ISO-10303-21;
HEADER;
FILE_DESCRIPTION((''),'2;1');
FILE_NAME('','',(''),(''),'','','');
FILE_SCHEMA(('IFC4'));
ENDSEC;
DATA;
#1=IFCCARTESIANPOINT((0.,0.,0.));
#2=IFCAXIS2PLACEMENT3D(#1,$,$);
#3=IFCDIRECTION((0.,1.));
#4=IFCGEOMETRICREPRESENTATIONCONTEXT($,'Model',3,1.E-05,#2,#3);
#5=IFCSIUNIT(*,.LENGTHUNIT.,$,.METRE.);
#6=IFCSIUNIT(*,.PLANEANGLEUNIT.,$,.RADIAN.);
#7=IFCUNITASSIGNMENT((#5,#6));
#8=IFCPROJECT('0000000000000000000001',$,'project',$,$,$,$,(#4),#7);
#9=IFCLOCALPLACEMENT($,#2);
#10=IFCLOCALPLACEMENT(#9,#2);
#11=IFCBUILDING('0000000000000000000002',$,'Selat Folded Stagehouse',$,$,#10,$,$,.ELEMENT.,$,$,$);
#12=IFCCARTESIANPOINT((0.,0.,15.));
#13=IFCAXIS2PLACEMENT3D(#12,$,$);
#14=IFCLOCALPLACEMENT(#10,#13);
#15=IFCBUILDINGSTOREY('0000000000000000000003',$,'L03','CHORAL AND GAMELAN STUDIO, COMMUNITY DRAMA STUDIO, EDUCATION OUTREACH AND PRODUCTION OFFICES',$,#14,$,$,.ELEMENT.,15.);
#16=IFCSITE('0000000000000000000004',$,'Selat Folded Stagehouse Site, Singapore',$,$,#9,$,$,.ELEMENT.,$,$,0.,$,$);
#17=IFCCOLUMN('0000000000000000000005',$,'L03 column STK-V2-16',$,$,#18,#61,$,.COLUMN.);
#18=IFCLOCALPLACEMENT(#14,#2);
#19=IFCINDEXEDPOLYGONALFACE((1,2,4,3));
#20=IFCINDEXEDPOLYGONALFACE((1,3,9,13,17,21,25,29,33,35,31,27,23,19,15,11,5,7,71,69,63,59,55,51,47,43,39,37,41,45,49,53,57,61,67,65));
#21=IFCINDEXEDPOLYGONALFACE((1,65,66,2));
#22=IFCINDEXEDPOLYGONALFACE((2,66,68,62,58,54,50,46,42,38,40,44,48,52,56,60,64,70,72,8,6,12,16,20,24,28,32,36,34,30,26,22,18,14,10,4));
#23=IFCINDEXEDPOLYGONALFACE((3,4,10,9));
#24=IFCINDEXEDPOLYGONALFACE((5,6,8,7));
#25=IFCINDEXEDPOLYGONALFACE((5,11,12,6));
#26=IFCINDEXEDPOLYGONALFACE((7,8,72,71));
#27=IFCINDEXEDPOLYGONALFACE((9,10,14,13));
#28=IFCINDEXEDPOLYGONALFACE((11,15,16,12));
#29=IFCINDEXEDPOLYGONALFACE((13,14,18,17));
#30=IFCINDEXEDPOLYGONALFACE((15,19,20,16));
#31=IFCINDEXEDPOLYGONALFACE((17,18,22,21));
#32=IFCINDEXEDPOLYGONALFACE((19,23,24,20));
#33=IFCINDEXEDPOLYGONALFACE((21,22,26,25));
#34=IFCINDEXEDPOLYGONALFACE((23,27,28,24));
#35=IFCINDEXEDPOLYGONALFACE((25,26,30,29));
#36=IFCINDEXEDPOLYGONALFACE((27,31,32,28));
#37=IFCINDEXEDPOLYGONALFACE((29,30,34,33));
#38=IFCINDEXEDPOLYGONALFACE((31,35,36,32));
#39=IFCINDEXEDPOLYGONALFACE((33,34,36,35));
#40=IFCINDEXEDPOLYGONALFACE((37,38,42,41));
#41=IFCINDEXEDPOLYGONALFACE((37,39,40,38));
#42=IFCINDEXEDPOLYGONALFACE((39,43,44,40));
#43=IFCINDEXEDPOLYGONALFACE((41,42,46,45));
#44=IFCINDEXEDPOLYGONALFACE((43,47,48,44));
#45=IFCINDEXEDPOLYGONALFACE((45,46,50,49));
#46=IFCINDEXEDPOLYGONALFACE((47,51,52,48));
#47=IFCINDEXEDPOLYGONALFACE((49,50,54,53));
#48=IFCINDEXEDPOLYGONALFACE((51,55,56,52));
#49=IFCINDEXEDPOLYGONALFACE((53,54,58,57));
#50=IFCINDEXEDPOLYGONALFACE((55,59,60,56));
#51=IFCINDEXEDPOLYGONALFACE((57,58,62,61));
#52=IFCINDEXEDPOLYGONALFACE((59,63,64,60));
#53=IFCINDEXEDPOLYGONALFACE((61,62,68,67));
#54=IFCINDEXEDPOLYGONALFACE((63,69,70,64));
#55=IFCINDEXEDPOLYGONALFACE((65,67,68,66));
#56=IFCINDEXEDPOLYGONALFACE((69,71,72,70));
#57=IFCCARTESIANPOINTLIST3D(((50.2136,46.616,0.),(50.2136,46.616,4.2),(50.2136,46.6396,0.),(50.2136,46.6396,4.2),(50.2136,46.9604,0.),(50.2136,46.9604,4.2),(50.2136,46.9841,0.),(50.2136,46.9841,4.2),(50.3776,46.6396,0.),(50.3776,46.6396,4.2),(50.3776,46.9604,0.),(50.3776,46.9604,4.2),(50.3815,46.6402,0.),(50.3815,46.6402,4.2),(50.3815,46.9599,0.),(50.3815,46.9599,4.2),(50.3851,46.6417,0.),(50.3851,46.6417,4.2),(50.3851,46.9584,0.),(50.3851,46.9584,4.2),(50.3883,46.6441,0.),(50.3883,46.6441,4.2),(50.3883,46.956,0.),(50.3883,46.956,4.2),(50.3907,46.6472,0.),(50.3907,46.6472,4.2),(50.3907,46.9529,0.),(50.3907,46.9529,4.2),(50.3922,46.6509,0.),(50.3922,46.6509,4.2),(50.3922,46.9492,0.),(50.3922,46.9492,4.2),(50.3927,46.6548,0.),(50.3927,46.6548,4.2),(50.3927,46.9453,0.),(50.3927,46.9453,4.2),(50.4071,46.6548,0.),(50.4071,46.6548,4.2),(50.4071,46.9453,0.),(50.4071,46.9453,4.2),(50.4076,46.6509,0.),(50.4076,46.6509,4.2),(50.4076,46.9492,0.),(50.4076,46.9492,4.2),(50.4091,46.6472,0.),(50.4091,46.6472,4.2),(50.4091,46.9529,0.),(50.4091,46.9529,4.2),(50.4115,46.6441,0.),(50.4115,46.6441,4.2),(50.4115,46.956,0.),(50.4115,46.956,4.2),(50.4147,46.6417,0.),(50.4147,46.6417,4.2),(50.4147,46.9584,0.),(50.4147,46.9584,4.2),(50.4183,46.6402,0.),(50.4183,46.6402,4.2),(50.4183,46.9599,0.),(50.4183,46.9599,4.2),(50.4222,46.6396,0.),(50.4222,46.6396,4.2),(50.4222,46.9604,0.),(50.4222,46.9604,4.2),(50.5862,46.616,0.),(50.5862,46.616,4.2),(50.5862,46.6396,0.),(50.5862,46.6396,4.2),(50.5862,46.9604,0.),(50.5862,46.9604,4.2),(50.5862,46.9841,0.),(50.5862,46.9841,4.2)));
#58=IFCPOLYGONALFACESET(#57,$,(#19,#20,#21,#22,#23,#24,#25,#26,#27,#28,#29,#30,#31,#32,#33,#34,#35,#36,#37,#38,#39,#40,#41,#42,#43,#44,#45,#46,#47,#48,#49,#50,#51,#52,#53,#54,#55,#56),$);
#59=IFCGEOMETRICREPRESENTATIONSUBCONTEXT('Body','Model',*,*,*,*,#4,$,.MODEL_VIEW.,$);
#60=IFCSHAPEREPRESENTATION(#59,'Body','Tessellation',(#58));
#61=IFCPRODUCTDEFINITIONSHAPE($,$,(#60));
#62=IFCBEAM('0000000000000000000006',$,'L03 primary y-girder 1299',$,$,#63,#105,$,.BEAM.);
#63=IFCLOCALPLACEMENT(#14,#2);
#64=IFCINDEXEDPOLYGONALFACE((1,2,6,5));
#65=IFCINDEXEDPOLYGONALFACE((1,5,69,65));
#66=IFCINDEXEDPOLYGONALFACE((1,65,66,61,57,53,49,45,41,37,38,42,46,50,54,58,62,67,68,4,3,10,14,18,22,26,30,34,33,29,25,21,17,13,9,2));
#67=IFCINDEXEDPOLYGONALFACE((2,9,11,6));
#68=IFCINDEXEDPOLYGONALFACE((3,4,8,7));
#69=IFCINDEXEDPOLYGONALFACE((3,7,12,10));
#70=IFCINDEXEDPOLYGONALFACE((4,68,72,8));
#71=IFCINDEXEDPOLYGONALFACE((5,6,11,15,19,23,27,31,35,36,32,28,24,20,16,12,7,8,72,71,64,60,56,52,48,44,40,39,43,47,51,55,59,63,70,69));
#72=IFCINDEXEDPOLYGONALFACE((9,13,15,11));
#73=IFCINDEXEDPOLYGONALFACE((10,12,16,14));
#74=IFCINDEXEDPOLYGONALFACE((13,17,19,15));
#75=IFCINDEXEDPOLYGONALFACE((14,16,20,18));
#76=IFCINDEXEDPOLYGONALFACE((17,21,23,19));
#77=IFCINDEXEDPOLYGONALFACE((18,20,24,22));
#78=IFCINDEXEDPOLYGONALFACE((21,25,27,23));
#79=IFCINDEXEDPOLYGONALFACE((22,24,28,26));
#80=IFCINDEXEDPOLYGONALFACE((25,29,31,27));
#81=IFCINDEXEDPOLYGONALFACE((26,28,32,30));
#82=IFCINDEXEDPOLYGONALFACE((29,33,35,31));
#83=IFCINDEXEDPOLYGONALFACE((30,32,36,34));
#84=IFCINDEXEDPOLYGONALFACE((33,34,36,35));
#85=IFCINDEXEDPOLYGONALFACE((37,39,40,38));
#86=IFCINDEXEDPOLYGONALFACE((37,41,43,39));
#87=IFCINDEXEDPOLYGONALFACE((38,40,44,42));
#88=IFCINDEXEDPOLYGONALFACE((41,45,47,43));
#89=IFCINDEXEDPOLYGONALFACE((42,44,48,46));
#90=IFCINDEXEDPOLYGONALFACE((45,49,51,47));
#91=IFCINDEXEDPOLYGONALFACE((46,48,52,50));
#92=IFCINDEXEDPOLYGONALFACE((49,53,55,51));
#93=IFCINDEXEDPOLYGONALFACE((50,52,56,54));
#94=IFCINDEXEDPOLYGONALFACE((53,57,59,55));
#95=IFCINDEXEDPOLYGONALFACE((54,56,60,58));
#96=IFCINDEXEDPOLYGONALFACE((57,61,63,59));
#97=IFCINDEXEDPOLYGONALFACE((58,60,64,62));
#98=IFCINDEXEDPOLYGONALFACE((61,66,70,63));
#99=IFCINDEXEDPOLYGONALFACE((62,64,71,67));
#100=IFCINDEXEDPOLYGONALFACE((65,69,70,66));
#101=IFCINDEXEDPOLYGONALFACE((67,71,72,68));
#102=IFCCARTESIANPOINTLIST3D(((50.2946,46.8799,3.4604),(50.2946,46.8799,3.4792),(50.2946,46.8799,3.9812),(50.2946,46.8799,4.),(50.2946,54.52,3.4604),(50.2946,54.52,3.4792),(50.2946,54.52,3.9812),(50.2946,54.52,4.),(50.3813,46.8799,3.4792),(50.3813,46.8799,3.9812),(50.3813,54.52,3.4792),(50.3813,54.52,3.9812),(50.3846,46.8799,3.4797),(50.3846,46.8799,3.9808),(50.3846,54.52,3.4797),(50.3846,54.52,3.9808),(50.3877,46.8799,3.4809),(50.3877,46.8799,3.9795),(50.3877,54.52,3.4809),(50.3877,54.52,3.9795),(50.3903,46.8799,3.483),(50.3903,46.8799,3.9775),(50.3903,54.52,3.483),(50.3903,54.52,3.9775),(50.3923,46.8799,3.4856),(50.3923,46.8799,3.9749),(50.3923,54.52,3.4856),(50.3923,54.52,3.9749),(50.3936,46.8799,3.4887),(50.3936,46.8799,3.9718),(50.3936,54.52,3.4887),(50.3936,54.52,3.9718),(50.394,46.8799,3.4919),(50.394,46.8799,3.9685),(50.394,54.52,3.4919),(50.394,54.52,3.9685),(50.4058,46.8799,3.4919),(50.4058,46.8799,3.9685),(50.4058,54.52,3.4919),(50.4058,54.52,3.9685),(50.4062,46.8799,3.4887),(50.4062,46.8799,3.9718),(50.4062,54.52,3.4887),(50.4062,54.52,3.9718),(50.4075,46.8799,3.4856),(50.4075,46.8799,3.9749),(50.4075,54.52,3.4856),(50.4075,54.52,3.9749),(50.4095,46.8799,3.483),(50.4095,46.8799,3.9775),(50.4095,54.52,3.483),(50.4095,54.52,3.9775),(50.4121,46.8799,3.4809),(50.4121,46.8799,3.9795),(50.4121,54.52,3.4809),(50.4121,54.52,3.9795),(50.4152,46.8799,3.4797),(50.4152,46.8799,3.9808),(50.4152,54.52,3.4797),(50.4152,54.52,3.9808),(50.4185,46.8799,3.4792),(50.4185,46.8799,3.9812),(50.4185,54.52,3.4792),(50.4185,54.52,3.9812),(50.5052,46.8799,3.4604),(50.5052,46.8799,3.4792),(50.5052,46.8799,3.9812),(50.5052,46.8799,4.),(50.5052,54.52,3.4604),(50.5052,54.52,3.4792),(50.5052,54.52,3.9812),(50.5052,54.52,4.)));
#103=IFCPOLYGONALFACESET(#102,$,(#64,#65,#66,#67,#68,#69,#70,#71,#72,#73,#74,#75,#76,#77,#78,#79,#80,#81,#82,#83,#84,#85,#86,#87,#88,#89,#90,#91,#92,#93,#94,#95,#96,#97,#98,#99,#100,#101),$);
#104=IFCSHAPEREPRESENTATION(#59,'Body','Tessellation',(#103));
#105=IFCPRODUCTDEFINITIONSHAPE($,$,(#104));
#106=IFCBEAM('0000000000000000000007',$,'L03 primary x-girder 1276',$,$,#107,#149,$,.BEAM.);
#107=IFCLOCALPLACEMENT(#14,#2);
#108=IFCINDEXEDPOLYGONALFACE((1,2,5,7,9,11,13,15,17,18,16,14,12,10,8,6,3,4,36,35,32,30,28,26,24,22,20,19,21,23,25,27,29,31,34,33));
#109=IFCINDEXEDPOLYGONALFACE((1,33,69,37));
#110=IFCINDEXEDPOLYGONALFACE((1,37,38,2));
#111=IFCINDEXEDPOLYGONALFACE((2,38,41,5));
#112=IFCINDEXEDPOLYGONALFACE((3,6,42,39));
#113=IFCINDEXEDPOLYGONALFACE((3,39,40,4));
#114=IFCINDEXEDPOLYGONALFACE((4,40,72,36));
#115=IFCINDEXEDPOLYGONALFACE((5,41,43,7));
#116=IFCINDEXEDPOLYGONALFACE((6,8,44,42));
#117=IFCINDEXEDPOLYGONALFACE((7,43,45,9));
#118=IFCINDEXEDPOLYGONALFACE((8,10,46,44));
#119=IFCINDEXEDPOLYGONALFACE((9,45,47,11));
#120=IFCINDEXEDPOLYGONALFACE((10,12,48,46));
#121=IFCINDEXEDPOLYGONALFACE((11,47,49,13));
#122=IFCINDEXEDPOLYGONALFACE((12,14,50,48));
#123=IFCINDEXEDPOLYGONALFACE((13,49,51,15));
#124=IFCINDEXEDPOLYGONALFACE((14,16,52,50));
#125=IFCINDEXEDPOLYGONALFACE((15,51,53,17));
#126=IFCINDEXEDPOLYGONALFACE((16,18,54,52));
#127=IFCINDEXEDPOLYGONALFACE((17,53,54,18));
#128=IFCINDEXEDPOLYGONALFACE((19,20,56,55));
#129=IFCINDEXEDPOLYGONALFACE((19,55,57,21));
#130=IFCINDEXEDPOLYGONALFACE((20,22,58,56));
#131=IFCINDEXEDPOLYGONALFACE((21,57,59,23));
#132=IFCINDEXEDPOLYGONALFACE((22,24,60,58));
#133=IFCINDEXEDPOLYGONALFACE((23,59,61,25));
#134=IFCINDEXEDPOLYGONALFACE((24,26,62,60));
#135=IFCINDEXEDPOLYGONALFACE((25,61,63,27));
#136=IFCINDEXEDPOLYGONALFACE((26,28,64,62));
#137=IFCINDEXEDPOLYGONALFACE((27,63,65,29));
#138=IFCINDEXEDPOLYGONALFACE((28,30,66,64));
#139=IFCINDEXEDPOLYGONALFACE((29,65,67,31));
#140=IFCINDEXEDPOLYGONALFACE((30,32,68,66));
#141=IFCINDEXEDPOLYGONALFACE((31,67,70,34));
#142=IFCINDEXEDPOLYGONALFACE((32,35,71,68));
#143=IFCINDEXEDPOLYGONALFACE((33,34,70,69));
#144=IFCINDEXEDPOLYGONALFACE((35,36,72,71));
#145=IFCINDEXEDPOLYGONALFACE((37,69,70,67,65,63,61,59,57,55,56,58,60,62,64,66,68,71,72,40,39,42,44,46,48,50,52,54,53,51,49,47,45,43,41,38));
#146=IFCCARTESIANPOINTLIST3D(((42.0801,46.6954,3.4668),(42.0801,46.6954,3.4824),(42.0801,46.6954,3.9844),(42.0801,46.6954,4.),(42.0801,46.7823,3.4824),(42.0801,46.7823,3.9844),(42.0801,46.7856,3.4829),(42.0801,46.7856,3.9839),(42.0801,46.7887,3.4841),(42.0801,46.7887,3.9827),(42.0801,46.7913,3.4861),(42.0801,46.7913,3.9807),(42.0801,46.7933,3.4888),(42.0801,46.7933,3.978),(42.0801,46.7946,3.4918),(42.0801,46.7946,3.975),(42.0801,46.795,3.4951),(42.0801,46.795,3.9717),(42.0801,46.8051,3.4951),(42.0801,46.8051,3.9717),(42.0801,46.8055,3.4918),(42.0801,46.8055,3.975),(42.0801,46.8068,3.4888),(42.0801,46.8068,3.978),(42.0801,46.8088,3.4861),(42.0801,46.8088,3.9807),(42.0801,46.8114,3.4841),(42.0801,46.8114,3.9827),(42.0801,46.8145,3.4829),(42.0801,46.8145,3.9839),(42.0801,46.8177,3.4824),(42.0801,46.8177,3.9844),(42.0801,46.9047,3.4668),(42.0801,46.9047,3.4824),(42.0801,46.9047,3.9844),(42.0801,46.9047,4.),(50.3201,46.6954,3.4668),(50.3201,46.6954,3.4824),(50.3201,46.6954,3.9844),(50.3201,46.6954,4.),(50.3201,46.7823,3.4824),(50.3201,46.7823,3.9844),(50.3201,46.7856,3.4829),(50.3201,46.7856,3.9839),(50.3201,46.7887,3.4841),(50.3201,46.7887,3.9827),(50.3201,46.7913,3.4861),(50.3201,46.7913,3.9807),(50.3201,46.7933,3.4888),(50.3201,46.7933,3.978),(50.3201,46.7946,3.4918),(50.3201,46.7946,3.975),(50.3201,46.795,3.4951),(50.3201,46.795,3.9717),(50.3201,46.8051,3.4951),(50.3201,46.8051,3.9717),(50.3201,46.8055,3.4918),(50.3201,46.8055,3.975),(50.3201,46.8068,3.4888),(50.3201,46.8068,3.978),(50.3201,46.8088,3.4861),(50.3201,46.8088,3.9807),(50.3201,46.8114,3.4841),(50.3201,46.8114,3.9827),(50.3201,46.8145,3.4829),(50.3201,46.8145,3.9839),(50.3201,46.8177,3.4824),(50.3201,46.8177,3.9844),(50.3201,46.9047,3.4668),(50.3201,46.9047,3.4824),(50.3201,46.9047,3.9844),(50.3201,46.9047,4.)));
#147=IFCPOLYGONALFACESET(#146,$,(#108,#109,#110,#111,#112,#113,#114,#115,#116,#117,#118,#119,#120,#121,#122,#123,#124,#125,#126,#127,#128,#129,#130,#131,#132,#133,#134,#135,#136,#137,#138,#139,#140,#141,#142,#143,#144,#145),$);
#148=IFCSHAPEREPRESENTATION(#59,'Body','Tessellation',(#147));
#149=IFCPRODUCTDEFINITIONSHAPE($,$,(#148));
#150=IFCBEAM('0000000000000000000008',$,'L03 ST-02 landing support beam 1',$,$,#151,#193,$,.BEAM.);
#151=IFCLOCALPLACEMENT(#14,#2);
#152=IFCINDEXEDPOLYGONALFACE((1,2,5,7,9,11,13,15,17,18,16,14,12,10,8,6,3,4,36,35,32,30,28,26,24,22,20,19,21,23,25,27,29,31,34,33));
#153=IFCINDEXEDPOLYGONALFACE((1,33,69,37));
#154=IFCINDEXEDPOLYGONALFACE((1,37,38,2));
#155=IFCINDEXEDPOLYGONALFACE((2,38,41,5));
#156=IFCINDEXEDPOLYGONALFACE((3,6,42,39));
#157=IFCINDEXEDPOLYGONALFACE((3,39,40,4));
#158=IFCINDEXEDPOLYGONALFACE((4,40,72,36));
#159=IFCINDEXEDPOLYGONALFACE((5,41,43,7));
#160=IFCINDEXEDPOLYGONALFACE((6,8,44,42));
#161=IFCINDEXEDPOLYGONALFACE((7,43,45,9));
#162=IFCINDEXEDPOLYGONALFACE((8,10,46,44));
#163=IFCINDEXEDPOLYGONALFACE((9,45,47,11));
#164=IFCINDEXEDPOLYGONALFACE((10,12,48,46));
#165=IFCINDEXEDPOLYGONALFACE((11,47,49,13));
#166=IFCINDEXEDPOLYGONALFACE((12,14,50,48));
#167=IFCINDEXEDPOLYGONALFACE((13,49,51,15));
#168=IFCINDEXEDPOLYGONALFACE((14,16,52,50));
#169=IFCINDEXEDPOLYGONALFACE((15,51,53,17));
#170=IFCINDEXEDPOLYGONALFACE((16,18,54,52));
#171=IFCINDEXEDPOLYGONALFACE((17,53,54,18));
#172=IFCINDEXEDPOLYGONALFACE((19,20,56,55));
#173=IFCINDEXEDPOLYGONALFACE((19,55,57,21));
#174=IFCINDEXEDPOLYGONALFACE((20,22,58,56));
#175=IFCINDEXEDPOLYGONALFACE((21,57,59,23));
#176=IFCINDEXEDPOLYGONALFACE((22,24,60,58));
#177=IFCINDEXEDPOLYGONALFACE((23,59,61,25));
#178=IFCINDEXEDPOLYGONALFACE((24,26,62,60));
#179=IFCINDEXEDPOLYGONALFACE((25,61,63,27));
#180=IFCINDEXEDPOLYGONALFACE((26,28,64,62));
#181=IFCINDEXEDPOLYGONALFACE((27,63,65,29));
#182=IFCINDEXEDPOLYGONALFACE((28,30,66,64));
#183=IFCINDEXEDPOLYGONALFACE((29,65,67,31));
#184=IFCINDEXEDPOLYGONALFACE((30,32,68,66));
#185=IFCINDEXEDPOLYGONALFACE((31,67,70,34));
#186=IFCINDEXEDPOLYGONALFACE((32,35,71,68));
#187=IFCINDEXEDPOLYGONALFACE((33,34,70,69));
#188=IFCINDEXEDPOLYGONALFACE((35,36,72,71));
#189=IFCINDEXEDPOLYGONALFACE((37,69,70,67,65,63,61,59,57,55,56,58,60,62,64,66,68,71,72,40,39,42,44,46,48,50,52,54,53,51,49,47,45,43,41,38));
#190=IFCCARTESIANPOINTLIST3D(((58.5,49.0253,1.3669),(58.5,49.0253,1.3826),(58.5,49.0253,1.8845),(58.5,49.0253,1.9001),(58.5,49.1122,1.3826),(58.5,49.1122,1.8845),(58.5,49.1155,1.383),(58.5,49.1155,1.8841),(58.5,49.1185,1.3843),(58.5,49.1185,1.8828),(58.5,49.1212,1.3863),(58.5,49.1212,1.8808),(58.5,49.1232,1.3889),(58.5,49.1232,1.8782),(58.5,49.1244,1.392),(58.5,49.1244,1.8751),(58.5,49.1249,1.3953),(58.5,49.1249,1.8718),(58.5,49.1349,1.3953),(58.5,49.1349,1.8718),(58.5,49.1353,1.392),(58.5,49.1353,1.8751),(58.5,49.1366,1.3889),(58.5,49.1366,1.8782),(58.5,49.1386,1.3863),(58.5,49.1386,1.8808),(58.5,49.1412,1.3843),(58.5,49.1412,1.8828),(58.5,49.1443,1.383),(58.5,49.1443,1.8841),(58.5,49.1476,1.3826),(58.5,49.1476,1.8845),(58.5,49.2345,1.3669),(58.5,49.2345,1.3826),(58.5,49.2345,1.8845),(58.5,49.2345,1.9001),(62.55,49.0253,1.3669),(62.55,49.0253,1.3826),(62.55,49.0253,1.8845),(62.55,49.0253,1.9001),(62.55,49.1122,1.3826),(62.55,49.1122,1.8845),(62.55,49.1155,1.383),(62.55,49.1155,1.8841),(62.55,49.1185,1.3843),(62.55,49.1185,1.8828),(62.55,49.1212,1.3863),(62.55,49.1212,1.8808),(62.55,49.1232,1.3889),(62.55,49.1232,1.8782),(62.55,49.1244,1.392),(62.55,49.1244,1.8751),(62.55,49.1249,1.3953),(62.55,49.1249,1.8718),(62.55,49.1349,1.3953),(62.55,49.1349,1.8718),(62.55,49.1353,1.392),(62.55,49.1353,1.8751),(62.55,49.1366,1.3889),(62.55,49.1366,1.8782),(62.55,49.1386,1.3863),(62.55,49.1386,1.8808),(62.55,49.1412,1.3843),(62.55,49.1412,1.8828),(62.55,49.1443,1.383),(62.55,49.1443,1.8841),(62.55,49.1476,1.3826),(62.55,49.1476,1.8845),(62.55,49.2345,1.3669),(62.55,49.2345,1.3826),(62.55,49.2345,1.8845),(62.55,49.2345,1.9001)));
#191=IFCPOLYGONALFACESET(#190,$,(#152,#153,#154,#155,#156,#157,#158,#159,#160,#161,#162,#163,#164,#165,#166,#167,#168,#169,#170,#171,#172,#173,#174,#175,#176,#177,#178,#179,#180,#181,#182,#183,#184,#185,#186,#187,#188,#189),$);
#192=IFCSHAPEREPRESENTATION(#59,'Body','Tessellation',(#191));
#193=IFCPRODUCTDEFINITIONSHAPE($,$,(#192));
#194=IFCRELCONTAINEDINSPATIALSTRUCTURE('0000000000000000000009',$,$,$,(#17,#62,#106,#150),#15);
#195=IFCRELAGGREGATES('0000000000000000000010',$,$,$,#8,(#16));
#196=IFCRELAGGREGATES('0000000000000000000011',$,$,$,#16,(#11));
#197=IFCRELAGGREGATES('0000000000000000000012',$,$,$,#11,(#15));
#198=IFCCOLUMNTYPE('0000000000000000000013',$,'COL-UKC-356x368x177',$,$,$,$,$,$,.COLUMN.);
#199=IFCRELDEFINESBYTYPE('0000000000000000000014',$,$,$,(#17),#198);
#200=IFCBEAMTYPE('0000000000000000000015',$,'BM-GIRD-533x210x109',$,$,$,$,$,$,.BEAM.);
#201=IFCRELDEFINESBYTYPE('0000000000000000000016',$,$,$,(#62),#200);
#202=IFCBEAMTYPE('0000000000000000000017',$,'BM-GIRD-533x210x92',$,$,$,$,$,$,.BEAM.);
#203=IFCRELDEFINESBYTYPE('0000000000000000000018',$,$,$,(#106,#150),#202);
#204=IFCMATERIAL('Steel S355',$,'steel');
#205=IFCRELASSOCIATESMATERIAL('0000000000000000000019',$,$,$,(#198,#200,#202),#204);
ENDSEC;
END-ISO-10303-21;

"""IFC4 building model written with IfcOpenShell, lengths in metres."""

from ifc_helpers import new_model, si_unit, direction, frame, origin, origin_2d, place, context, subcontext, project, spatial, i_section, extrude, material, material_profile, profile_set, type_object, element, save


model = new_model("IFC4")

# Units and contexts
model_context = context("Model", 3, precision=1e-05, world=origin(), true_north=direction((0.0, 1.0)))
body_context = subcontext(model_context, "Body", "Model", "MODEL_VIEW")
ifc_project = project(units=[si_unit("LENGTHUNIT", "METRE"), si_unit("PLANEANGLEUNIT", "RADIAN")], contexts=[model_context])

# Site, building, storey
site_placement = place(None, origin())
site = spatial("IfcSite", under=ifc_project, at=site_placement, Name="Selat Folded Stagehouse Site, Singapore", CompositionType="ELEMENT", RefElevation=0.0)
building_placement = place(site_placement, origin())
building = spatial("IfcBuilding", under=site, at=building_placement, Name="Selat Folded Stagehouse", CompositionType="ELEMENT")
storey_placement = place(building_placement, frame((0.0, 0.0, 15.0)))
storey = spatial("IfcBuildingStorey", under=building, at=storey_placement, Name="L03", Description="CHORAL AND GAMELAN STUDIO, COMMUNITY DRAMA STUDIO, EDUCATION OUTREACH AND PRODUCTION OFFICES", CompositionType="ELEMENT", Elevation=15.0)

# Column
ifc_material_1 = material(Name="Steel S355", Category="steel")
ifc_material_profile_1 = material_profile(ifc_material_1, i_section(OverallWidth=0.3726, OverallDepth=0.3682, WebThickness=0.0144, FlangeThickness=0.0237, FilletRadius=0.0151, at=origin_2d()), Name="UKC 356x368x177")
ifc_profile_set_1 = profile_set([ifc_material_profile_1], Name="Steel S355")
column_type = type_object("IfcColumnType", Name="COL-UKC-356x368x177", PredefinedType="COLUMN", material=ifc_profile_set_1)
column_placement = place(storey_placement, frame((50.3999, 46.8, 0.0), z_axis=(0.0, 0.0, 1.0), x_axis=(1.0, 0.0, 0.0)))
element("IfcColumn", 1, at=column_placement, inside=storey, type_object=column_type, Name="L03 column STK-V2-16", PredefinedType="COLUMN", context=body_context, shape_type="SweptSolid", body=[
    extrude(i_section(OverallWidth=0.3726, OverallDepth=0.3682, WebThickness=0.0144, FlangeThickness=0.0237, FilletRadius=0.0151, at=origin_2d()), origin(), (0.0, 0.0, 1.0), 4.2),
])

# Beams
ifc_material_profile_2 = material_profile(ifc_material_1, i_section(OverallWidth=0.2107, OverallDepth=0.5396, WebThickness=0.0117, FlangeThickness=0.0188, FilletRadius=0.0127, at=origin_2d()), Name="UKB 533x210x109")
ifc_profile_set_2 = profile_set([ifc_material_profile_2], Name="Steel S355")
beam_type_1 = type_object("IfcBeamType", Name="BM-GIRD-533x210x109", PredefinedType="BEAM", material=ifc_profile_set_2)
beam_1_placement = place(storey_placement, frame((50.3999, 46.8799, 3.7302), z_axis=(0.0, 1.0, 0.0), x_axis=(-1.0, 0.0, 0.0)))
element("IfcBeam", 2, at=beam_1_placement, inside=storey, type_object=beam_type_1, Name="L03 primary y-girder 1299", PredefinedType="BEAM", context=body_context, shape_type="SweptSolid", body=[
    extrude(i_section(OverallWidth=0.2107, OverallDepth=0.5396, WebThickness=0.0117, FlangeThickness=0.0188, FilletRadius=0.0127, at=origin_2d()), origin(), (0.0, 0.0, 1.0), 7.6401),
])
ifc_material_profile_3 = material_profile(ifc_material_1, i_section(OverallWidth=0.2092, OverallDepth=0.5332, WebThickness=0.01, FlangeThickness=0.0156, FilletRadius=0.0127, at=origin_2d()), Name="UKB 533x210x92")
ifc_profile_set_3 = profile_set([ifc_material_profile_3], Name="Steel S355")
beam_type_2 = type_object("IfcBeamType", Name="BM-GIRD-533x210x92", PredefinedType="BEAM", material=ifc_profile_set_3)
beam_2_placement = place(storey_placement, frame((42.0801, 46.8, 3.7334), z_axis=(1.0, 0.0, 0.0), x_axis=(0.0, 1.0, 0.0)))
element("IfcBeam", 3, at=beam_2_placement, inside=storey, type_object=beam_type_2, Name="L03 primary x-girder 1276", PredefinedType="BEAM", context=body_context, shape_type="SweptSolid", body=[
    extrude(i_section(OverallWidth=0.2092, OverallDepth=0.5332, WebThickness=0.01, FlangeThickness=0.0156, FilletRadius=0.0127, at=origin_2d()), origin(), (0.0, 0.0, 1.0), 8.24),
])
beam_3_placement = place(storey_placement, frame((58.5, 49.1299, 1.6335), z_axis=(1.0, 0.0, 0.0), x_axis=(0.0, 1.0, 0.0)))
element("IfcBeam", 4, at=beam_3_placement, inside=storey, type_object=beam_type_2, Name="L03 ST-02 landing support beam 1", PredefinedType="BEAM", context=body_context, shape_type="SweptSolid", body=[
    extrude(i_section(OverallWidth=0.2092, OverallDepth=0.5332, WebThickness=0.01, FlangeThickness=0.0156, FilletRadius=0.0127, at=origin_2d()), origin(), (0.0, 0.0, 1.0), 4.05),
])

save(model, "model.ifc")
